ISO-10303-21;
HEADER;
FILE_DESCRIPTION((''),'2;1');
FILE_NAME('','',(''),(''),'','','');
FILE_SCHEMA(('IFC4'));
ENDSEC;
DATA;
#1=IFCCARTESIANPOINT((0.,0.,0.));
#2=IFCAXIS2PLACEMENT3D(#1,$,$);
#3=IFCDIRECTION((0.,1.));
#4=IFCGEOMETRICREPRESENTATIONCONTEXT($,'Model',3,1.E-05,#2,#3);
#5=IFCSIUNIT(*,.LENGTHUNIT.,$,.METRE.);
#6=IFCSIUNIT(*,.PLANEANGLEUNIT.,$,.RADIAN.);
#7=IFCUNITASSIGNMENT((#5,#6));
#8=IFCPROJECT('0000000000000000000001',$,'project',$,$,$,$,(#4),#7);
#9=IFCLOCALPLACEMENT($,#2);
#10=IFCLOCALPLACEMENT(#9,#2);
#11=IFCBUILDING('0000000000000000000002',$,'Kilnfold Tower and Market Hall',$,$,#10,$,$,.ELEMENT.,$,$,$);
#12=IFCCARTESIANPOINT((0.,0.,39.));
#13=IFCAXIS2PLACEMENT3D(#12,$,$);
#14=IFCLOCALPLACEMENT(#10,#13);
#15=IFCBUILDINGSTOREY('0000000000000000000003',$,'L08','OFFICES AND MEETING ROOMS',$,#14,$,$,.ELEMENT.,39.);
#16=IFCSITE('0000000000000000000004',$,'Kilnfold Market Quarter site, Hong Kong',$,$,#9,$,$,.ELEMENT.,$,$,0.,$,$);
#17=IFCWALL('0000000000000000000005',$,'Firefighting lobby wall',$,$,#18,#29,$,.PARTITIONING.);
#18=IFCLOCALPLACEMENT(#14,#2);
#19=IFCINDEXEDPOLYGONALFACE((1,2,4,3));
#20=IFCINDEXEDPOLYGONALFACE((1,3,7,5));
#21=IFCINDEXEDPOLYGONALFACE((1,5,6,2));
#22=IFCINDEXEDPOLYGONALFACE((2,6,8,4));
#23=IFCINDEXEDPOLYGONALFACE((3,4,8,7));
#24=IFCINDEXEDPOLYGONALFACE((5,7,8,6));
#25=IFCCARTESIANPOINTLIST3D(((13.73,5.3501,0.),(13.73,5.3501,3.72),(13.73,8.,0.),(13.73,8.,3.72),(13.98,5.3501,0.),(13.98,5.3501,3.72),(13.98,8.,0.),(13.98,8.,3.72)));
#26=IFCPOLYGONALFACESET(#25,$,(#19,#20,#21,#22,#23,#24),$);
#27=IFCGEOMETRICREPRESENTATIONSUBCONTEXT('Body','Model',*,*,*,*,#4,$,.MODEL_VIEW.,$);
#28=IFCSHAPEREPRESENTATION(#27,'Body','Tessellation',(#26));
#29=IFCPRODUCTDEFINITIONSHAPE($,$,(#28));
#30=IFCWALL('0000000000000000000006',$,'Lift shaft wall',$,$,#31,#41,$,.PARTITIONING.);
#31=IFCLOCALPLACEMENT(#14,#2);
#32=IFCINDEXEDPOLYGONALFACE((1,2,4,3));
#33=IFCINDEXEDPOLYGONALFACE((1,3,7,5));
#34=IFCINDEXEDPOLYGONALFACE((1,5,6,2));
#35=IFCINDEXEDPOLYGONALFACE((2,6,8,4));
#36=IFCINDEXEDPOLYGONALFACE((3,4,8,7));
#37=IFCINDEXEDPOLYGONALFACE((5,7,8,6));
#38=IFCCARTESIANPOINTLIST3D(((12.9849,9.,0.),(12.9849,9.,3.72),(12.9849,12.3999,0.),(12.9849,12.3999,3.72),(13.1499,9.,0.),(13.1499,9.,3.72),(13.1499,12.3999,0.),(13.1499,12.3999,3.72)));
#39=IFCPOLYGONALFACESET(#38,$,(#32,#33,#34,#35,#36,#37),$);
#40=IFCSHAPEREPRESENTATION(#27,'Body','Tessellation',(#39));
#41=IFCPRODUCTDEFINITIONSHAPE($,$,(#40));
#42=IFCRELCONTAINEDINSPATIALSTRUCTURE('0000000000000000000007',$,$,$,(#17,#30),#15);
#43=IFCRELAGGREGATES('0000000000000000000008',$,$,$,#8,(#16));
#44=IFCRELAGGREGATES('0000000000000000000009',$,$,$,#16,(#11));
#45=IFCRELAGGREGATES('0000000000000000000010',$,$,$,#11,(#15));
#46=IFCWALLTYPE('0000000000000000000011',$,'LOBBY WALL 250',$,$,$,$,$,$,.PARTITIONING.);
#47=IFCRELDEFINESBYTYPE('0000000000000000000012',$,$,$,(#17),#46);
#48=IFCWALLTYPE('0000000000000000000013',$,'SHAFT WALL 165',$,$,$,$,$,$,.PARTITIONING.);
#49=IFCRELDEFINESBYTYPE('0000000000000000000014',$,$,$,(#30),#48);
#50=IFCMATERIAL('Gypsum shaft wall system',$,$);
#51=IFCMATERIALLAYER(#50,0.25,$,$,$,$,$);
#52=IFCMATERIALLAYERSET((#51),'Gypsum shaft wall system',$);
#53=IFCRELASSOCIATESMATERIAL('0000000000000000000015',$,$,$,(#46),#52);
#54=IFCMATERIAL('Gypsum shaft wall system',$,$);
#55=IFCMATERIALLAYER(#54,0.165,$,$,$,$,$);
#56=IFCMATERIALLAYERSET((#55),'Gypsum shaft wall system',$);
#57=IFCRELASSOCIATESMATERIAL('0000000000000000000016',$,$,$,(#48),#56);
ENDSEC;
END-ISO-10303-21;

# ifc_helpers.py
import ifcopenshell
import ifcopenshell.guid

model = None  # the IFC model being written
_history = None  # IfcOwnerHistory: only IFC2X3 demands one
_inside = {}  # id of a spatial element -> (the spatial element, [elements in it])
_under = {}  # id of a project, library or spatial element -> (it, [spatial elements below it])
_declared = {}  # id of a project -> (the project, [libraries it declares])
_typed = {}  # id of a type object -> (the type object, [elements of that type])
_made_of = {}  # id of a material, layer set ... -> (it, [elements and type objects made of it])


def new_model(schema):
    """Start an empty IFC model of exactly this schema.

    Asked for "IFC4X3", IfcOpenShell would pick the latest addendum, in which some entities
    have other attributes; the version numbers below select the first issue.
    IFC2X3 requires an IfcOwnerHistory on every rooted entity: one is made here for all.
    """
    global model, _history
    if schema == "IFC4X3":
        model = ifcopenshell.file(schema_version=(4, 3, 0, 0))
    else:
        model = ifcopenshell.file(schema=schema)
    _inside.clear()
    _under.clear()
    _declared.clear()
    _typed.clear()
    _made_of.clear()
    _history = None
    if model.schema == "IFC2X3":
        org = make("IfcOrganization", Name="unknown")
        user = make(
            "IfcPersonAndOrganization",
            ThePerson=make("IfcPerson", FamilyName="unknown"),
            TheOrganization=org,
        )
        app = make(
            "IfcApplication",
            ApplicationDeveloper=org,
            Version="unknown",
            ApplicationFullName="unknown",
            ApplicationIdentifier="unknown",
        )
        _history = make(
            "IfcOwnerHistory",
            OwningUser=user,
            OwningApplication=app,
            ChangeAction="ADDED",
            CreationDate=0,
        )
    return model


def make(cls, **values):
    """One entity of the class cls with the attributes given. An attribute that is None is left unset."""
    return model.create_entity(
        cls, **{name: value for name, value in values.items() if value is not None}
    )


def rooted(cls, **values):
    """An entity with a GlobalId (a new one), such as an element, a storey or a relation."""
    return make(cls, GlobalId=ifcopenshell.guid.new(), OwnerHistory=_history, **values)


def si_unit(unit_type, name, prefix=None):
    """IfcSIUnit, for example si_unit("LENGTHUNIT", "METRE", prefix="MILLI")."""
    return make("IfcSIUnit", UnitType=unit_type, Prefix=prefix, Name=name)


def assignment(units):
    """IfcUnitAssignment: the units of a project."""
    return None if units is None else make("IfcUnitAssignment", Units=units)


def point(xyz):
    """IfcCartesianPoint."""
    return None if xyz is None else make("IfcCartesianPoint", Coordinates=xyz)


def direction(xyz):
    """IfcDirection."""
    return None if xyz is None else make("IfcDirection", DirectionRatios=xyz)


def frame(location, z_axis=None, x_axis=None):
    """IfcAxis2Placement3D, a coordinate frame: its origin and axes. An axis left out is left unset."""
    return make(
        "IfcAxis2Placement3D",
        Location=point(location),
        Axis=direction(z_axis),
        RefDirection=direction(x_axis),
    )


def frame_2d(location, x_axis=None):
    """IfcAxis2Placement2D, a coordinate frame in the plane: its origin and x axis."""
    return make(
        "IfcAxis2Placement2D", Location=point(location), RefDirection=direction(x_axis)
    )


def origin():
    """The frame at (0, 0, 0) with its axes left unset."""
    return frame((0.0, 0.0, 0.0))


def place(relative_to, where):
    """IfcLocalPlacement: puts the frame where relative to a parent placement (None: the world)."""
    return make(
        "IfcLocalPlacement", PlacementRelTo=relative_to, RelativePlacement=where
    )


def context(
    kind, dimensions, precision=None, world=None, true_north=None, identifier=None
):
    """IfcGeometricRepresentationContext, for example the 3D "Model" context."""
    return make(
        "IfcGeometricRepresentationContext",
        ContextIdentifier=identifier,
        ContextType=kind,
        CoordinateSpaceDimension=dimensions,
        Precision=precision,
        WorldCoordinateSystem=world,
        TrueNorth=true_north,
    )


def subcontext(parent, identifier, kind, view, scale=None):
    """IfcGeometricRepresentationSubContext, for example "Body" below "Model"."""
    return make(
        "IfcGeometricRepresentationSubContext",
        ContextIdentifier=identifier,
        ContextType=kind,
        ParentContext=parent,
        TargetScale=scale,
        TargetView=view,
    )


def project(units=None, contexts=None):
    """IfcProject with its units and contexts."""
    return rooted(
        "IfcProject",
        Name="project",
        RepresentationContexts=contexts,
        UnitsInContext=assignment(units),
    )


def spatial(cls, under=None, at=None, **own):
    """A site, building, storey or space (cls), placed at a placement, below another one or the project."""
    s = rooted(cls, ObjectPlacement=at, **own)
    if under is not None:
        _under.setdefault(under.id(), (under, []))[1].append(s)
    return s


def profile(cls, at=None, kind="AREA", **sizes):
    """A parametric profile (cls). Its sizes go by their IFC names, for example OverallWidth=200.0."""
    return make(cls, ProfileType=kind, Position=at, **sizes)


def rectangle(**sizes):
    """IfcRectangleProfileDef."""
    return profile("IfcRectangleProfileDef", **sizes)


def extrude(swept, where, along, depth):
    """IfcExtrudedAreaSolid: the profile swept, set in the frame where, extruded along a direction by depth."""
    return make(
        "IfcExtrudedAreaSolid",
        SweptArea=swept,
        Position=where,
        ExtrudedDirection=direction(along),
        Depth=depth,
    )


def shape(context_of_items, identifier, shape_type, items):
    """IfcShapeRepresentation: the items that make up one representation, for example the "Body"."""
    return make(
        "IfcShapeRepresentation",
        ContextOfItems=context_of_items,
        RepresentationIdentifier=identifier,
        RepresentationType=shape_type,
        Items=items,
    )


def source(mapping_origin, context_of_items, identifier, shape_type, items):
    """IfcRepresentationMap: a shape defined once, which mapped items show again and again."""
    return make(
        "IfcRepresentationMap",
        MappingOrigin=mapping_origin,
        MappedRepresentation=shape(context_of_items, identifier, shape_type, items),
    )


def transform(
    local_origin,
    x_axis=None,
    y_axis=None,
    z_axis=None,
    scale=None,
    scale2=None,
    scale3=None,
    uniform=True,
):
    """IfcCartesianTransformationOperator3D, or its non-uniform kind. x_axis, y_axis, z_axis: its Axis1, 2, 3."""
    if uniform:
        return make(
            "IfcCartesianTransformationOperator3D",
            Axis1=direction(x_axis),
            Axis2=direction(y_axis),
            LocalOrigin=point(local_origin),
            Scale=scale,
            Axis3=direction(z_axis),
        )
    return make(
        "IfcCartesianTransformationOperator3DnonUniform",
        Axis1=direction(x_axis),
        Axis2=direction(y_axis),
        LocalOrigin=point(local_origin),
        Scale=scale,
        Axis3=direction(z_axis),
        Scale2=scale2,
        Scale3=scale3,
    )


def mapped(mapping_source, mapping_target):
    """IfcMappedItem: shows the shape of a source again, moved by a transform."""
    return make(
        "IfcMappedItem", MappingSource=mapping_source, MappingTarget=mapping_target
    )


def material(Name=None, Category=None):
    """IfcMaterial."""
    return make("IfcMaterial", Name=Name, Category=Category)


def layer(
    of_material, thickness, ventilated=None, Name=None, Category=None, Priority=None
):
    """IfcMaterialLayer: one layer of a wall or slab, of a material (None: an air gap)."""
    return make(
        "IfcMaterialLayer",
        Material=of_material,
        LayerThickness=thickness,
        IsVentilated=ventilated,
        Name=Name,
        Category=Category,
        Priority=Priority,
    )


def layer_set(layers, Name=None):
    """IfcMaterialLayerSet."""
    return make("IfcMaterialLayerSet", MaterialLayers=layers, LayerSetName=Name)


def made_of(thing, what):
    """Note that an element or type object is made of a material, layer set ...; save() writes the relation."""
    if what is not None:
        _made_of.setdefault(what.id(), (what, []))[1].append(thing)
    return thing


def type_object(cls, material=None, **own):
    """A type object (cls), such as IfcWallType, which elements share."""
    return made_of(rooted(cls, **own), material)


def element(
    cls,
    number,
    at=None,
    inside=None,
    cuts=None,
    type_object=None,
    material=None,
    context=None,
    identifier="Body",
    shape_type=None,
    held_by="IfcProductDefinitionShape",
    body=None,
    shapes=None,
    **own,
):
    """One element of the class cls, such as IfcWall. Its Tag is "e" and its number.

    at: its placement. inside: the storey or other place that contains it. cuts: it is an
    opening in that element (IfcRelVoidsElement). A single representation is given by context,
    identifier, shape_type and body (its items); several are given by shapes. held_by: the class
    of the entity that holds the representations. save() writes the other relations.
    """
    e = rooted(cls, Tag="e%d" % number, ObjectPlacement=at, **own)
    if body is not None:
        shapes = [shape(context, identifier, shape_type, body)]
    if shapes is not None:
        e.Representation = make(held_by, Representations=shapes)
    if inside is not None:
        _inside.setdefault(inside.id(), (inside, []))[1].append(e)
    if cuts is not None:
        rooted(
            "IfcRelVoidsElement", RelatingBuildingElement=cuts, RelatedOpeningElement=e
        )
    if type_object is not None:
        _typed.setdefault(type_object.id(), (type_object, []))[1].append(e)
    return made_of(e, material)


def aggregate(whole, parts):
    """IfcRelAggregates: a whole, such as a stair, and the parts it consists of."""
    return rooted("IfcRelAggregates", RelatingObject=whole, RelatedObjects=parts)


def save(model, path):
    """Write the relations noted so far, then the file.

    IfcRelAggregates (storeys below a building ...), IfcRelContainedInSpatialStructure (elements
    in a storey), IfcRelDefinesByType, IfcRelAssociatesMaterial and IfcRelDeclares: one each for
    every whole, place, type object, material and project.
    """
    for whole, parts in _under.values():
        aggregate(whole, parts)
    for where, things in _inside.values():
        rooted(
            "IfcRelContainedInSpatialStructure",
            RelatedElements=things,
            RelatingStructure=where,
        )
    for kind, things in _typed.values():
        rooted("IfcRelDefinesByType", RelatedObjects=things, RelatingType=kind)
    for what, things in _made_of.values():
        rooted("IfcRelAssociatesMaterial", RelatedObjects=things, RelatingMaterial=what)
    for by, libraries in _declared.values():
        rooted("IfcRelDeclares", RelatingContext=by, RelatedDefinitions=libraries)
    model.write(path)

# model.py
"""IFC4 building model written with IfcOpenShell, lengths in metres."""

from ifc_helpers import new_model, si_unit, direction, frame, frame_2d, origin, place, context, subcontext, project, spatial, rectangle, extrude, source, transform, mapped, material, layer, layer_set, type_object, element, save


model = new_model("IFC4")

# Units and contexts
model_context = context("Model", 3, precision=1e-05, world=origin(), true_north=direction((0.0, 1.0)))
body_context = subcontext(model_context, "Body", "Model", "MODEL_VIEW")
ifc_project = project(units=[si_unit("LENGTHUNIT", "METRE"), si_unit("PLANEANGLEUNIT", "RADIAN")], contexts=[model_context])

# Site, building, storey
site_placement = place(None, origin())
site = spatial("IfcSite", under=ifc_project, at=site_placement, Name="Kilnfold Market Quarter site, Hong Kong", CompositionType="ELEMENT", RefElevation=0.0)
building_placement = place(site_placement, origin())
building = spatial("IfcBuilding", under=site, at=building_placement, Name="Kilnfold Tower and Market Hall", CompositionType="ELEMENT")
storey_placement = place(building_placement, frame((0.0, 0.0, 39.0)))
storey = spatial("IfcBuildingStorey", under=building, at=storey_placement, Name="L08", Description="OFFICES AND MEETING ROOMS", CompositionType="ELEMENT", Elevation=39.0)

# Walls
ifc_material_1 = material(Name="Gypsum shaft wall system")
ifc_layer_1 = layer(ifc_material_1, 0.25)
ifc_layer_set_1 = layer_set([ifc_layer_1], Name="Gypsum shaft wall system")
wall_type_1 = type_object("IfcWallType", Name="LOBBY WALL 250", PredefinedType="PARTITIONING", material=ifc_layer_set_1)
shared_shape_1 = source(origin(), body_context, "Body", "SweptSolid", [
    extrude(rectangle(XDim=2.6499, YDim=0.25, at=frame_2d((1.325, 0.0))), origin(), (0.0, 0.0, 1.0), 3.72),
])
wall_1_placement = place(storey_placement, frame((13.855, 5.3501, 0.0), z_axis=(0.0, 0.0, 1.0), x_axis=(0.0, 1.0, 0.0)))
element("IfcWall", 1, at=wall_1_placement, inside=storey, type_object=wall_type_1, Name="Firefighting lobby wall", PredefinedType="PARTITIONING", context=body_context, shape_type="MappedRepresentation", body=[
    mapped(shared_shape_1, transform((0.0, 0.0, 0.0))),
])
ifc_material_2 = material(Name="Gypsum shaft wall system")
ifc_layer_2 = layer(ifc_material_2, 0.165)
ifc_layer_set_2 = layer_set([ifc_layer_2], Name="Gypsum shaft wall system")
wall_type_2 = type_object("IfcWallType", Name="SHAFT WALL 165", PredefinedType="PARTITIONING", material=ifc_layer_set_2)
shared_shape_2 = source(origin(), body_context, "Body", "SweptSolid", [
    extrude(rectangle(XDim=3.3999, YDim=0.165, at=frame_2d((1.7, 0.0))), origin(), (0.0, 0.0, 1.0), 3.72),
])
wall_2_placement = place(storey_placement, frame((13.0674, 9.0, 0.0), z_axis=(0.0, 0.0, 1.0), x_axis=(0.0, 1.0, 0.0)))
element("IfcWall", 2, at=wall_2_placement, inside=storey, type_object=wall_type_2, Name="Lift shaft wall", PredefinedType="PARTITIONING", context=body_context, shape_type="MappedRepresentation", body=[
    mapped(shared_shape_2, transform((0.0, 0.0, 0.0))),
])

save(model, "model.ifc")
